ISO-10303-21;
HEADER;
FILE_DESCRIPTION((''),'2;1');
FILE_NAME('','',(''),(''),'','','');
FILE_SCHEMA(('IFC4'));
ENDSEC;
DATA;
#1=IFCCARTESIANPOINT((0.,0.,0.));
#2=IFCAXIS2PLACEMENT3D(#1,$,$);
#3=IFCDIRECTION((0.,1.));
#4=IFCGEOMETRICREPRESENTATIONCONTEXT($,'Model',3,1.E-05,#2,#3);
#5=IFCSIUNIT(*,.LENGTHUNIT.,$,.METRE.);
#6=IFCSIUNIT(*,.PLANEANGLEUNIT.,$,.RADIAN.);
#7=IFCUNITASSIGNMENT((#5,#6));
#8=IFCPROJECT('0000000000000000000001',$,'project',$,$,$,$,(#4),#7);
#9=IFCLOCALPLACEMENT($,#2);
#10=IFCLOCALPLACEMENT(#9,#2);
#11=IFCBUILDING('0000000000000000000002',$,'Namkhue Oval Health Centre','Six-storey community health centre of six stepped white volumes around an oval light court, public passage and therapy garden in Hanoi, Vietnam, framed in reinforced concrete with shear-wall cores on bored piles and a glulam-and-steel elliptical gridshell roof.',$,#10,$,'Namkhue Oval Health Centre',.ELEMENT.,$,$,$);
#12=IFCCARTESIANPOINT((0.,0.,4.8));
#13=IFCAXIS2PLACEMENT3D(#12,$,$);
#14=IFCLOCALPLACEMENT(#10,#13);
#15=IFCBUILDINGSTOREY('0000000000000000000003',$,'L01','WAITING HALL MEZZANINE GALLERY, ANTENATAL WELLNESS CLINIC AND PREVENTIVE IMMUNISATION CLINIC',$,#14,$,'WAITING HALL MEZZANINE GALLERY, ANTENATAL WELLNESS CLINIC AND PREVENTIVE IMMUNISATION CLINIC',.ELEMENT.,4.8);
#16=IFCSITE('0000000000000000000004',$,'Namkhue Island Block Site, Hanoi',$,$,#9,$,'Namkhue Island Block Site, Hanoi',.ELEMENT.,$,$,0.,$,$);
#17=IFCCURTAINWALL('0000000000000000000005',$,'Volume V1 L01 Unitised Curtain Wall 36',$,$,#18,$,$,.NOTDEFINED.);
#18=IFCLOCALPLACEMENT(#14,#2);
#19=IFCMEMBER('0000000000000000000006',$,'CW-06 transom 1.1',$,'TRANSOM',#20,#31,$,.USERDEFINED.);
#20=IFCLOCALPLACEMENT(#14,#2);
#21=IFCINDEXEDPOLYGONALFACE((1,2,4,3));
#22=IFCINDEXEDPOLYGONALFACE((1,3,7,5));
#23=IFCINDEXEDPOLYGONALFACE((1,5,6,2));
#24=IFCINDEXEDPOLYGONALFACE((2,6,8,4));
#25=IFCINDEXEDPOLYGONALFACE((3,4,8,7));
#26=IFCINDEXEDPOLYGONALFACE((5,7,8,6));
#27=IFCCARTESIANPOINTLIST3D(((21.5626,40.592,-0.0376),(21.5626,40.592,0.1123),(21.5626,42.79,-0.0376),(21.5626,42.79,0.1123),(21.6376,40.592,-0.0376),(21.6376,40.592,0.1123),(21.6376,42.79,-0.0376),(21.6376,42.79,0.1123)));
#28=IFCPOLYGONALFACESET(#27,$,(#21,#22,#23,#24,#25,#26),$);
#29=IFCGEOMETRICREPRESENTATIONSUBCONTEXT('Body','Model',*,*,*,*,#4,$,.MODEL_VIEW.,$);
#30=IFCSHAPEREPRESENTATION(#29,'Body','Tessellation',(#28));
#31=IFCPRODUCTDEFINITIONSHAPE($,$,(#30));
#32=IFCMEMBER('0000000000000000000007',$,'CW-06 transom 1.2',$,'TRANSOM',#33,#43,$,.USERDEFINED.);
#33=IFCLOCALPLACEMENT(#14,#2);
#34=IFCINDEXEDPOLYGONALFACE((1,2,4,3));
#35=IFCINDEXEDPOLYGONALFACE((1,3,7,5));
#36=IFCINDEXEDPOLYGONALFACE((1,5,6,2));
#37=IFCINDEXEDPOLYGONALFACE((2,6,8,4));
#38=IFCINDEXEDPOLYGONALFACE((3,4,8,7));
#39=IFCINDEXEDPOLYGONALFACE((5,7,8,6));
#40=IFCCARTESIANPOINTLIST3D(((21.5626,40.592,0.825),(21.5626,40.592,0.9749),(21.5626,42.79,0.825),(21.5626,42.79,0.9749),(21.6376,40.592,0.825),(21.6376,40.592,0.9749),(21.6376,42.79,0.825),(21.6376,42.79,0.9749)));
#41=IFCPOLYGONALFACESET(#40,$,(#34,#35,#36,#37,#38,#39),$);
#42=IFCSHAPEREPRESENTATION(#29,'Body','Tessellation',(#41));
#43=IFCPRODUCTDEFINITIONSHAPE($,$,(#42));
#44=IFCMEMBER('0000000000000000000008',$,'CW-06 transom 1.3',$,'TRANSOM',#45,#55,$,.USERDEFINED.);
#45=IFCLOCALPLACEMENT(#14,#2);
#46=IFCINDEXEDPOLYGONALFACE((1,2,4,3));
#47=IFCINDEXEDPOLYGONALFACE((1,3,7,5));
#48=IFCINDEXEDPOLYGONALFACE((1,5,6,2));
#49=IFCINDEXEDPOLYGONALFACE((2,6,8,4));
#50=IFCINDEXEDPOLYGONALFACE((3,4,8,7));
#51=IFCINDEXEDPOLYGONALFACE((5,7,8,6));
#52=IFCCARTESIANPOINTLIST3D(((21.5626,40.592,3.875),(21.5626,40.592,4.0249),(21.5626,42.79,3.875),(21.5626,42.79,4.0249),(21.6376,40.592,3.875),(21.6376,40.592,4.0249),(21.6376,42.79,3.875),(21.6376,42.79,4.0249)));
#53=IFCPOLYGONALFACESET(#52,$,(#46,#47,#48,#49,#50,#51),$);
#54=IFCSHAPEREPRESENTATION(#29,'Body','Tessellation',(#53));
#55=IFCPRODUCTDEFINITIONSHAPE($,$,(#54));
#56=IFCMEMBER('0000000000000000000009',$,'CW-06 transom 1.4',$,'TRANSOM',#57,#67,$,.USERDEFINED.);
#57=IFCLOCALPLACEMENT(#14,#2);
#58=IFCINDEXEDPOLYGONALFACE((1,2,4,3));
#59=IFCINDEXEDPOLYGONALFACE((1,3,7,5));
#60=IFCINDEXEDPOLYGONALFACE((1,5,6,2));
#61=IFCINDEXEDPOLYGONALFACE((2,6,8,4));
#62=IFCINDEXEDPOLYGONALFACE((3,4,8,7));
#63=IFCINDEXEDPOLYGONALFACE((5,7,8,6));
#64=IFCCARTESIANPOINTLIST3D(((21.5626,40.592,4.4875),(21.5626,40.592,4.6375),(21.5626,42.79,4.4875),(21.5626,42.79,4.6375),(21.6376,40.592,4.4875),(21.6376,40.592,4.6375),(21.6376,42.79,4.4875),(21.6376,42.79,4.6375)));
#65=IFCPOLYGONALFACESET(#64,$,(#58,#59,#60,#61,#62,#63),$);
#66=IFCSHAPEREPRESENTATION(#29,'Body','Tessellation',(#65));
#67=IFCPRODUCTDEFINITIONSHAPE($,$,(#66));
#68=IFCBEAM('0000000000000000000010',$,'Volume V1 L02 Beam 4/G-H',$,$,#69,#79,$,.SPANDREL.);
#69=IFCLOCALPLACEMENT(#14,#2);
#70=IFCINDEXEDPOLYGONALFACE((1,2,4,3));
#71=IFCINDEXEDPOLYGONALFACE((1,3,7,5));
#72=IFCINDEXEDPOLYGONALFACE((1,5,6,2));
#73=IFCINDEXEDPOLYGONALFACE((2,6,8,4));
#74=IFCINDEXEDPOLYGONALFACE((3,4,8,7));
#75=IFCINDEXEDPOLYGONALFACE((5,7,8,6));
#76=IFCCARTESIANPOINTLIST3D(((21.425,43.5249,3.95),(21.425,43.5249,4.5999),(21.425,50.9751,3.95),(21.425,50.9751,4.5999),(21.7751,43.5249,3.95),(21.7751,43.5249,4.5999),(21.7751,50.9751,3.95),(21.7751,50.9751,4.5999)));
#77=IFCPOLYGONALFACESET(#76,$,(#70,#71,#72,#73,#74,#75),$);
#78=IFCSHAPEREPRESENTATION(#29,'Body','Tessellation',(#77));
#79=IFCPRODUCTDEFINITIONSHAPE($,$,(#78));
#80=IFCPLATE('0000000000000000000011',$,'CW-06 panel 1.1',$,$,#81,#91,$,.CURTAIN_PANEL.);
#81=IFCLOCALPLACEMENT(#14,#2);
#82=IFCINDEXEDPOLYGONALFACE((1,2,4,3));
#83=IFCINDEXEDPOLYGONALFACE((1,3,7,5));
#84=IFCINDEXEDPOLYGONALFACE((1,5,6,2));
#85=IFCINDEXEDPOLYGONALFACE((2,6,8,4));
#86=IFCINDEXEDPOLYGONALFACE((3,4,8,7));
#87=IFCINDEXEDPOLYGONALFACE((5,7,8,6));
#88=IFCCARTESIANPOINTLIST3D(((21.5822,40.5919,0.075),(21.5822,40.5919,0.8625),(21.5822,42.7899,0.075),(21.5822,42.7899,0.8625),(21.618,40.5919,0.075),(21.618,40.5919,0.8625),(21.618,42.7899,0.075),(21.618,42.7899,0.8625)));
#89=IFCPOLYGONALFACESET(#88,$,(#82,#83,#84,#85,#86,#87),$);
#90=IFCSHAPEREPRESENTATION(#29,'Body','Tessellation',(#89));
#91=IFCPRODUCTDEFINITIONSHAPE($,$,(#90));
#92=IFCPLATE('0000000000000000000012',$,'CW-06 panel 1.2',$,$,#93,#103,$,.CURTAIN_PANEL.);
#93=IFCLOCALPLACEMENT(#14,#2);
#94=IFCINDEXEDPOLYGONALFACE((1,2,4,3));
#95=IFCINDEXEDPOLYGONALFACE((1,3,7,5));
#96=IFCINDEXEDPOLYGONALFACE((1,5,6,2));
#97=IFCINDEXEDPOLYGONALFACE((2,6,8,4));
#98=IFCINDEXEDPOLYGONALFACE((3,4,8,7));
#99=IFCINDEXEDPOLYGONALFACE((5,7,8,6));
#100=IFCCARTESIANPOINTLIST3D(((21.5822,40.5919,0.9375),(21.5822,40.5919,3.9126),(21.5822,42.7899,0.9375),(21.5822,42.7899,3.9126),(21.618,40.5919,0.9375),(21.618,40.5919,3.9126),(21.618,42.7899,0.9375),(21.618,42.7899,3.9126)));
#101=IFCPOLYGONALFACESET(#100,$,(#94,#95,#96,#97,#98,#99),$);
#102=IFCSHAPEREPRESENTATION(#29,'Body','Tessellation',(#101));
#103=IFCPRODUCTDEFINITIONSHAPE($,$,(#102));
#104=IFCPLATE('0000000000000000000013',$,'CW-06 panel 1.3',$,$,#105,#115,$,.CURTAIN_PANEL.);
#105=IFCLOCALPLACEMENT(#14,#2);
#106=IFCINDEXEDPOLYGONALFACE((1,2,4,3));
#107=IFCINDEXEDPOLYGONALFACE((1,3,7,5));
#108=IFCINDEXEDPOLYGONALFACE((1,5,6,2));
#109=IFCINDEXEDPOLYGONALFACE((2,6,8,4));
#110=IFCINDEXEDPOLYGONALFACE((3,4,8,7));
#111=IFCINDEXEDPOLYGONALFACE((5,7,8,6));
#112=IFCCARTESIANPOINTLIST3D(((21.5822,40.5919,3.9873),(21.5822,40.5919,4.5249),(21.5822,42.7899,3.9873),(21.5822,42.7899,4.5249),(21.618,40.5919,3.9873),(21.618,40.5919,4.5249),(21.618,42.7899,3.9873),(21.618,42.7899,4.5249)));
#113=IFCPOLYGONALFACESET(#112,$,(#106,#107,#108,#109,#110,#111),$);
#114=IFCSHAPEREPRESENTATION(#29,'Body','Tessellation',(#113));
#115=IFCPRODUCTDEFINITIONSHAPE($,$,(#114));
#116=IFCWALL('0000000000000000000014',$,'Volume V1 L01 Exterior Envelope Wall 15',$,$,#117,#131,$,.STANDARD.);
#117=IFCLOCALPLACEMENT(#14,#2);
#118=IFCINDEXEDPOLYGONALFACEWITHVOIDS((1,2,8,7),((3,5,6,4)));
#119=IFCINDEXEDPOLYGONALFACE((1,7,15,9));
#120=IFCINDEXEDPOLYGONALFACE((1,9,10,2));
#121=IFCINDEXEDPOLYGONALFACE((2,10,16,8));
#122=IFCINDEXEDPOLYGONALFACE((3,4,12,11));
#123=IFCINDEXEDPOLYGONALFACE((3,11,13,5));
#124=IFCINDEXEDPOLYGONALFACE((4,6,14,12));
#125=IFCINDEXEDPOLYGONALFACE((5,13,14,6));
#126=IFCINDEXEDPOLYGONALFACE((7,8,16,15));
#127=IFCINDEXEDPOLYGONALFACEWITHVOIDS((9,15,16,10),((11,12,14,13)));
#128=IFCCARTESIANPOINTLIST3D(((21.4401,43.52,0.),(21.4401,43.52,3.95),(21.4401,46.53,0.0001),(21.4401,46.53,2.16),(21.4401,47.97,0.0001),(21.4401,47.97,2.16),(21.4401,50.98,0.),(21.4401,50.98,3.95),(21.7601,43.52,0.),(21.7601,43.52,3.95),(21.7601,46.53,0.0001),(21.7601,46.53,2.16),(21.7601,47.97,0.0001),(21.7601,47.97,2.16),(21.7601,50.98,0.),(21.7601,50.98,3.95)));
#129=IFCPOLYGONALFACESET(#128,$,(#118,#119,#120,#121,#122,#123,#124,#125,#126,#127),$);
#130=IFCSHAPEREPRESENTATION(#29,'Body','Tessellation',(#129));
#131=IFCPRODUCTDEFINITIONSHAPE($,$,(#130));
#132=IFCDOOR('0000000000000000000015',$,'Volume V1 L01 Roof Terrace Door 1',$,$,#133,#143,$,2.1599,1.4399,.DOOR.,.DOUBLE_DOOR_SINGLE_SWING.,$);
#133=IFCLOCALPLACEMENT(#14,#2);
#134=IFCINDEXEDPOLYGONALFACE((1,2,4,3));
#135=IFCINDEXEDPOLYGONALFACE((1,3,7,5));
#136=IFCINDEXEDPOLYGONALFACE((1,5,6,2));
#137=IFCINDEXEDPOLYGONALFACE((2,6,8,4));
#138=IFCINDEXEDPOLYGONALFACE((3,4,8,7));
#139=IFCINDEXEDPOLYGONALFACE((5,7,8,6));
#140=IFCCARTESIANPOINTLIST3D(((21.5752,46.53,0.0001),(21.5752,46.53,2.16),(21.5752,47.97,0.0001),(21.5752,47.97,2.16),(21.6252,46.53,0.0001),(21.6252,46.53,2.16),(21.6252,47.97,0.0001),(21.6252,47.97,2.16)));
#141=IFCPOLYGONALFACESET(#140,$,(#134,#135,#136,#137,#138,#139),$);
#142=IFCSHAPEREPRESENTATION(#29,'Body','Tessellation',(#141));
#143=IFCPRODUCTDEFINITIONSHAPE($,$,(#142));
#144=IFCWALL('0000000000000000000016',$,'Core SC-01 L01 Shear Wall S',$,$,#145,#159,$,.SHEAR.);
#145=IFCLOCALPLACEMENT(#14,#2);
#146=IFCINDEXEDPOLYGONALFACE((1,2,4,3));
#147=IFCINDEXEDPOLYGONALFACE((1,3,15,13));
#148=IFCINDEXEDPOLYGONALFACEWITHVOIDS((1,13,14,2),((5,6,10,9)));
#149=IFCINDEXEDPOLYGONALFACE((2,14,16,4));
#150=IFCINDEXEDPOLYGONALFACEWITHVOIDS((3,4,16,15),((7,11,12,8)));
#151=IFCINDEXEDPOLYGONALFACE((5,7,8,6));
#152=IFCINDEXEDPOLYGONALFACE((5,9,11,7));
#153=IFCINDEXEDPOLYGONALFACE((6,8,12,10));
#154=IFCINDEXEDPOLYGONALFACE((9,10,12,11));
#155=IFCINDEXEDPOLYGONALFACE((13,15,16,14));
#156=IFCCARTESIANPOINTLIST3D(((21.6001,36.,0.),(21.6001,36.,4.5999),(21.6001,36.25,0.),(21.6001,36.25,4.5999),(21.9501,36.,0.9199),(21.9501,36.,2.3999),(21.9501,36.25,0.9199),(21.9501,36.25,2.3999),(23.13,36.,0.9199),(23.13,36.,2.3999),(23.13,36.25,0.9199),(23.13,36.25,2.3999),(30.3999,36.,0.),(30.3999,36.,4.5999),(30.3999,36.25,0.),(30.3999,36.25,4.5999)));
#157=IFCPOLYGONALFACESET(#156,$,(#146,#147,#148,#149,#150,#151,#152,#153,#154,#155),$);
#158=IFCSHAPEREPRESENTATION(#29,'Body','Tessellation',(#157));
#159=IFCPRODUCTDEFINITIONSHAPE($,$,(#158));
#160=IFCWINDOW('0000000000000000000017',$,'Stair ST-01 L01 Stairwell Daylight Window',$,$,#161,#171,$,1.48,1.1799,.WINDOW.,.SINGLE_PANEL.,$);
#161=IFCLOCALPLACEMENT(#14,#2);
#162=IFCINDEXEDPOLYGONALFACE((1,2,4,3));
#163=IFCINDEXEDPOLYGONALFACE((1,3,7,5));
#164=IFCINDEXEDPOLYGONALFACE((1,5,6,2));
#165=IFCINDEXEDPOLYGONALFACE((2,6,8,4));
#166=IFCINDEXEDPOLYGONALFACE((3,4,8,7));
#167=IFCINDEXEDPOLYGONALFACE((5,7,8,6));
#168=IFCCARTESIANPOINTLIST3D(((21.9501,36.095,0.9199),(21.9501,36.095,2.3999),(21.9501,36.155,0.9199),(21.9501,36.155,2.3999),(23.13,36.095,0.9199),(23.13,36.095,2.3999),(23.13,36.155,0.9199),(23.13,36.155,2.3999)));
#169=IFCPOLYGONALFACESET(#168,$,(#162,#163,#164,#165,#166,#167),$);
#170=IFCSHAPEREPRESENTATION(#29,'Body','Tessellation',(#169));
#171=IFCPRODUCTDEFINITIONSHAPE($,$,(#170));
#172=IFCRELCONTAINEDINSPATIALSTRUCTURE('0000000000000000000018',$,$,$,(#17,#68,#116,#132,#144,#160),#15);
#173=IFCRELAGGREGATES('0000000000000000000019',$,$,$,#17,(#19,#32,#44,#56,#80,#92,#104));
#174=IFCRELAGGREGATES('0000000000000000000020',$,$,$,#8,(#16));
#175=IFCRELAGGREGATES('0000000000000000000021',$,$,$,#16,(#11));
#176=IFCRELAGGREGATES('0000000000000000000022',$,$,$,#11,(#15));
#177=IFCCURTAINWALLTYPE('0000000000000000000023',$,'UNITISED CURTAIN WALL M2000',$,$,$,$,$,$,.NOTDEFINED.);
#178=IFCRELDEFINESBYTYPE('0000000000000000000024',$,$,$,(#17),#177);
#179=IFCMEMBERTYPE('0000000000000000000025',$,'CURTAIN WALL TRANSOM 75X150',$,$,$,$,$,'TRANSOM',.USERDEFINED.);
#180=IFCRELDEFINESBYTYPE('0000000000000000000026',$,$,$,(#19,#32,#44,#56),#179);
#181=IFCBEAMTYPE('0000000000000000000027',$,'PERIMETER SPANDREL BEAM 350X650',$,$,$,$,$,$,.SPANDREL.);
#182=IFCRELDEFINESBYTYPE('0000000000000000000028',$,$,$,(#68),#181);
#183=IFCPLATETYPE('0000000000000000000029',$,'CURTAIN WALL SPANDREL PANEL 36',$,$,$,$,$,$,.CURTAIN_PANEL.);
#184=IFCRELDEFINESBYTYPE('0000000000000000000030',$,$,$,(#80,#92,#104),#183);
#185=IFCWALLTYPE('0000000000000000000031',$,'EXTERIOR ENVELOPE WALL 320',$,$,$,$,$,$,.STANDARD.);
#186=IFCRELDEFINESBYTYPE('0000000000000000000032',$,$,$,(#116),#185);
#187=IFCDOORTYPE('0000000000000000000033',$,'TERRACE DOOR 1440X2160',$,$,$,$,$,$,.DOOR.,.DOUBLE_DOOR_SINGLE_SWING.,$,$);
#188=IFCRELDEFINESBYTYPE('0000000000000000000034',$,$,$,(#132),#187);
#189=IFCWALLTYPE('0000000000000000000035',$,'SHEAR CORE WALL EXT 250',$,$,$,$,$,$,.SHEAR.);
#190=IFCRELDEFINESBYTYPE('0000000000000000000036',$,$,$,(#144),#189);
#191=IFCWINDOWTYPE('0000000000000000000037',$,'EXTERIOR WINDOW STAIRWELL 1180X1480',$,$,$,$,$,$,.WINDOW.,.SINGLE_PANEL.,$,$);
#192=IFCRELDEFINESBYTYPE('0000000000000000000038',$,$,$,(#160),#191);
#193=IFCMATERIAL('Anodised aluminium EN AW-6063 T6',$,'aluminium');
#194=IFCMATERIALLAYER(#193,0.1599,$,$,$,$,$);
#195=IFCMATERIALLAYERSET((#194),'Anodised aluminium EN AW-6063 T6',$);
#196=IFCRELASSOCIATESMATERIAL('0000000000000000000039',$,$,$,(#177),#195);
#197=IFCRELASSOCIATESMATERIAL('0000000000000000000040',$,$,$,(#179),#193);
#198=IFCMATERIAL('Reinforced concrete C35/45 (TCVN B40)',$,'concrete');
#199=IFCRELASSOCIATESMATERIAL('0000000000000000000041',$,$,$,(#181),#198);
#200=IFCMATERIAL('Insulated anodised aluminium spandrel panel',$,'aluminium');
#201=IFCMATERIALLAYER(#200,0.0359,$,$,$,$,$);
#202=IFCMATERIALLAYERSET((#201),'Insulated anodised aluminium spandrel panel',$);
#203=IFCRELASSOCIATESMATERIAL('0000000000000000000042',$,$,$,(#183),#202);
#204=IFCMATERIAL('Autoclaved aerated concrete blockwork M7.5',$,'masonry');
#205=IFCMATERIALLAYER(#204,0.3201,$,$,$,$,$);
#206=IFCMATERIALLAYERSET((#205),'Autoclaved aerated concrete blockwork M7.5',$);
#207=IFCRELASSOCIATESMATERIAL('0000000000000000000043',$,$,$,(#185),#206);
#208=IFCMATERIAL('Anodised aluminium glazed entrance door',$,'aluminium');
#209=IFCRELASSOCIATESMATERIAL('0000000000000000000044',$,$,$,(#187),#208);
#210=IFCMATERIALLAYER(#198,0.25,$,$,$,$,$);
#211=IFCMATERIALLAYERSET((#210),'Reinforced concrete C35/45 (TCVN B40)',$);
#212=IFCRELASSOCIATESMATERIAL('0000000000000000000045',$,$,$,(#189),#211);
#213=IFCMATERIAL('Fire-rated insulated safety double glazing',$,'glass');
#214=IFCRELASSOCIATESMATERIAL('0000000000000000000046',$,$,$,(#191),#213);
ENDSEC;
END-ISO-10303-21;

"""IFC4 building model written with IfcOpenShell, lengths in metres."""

from ifc_helpers import new_model, si_unit, direction, frame, frame_2d, origin, origin_2d, place, context, subcontext, project, spatial, rectangle, extrude, material, layer, layer_set, material_profile, profile_set, type_object, element, fill, aggregate, save


model = new_model("IFC4")

# Units and contexts
model_context = context("Model", 3, precision=1e-05, world=origin(), true_north=direction((0.0, 1.0)))
body_context = subcontext(model_context, "Body", "Model", "MODEL_VIEW")
ifc_project = project(units=[si_unit("LENGTHUNIT", "METRE"), si_unit("PLANEANGLEUNIT", "RADIAN")], contexts=[model_context])

# Site, building, storey
site_placement = place(None, origin())
site = spatial("IfcSite", under=ifc_project, at=site_placement, Name="Namkhue Island Block Site, Hanoi", LongName="Namkhue Island Block Site, Hanoi", CompositionType="ELEMENT", RefElevation=0.0)
building_placement = place(site_placement, origin())
building = spatial("IfcBuilding", under=site, at=building_placement, Name="Namkhue Oval Health Centre", Description="Six-storey community health centre of six stepped white volumes around an oval light court, public passage and therapy garden in Hanoi, Vietnam, framed in reinforced concrete with shear-wall cores on bored piles and a glulam-and-steel elliptical gridshell roof.", LongName="Namkhue Oval Health Centre", CompositionType="ELEMENT")
storey_placement = place(building_placement, frame((0.0, 0.0, 4.8)))
storey = spatial("IfcBuildingStorey", under=building, at=storey_placement, Name="L01", Description="WAITING HALL MEZZANINE GALLERY, ANTENATAL WELLNESS CLINIC AND PREVENTIVE IMMUNISATION CLINIC", LongName="WAITING HALL MEZZANINE GALLERY, ANTENATAL WELLNESS CLINIC AND PREVENTIVE IMMUNISATION CLINIC", CompositionType="ELEMENT", Elevation=4.8)

# Shared definitions
ifc_material_1 = material(Name="Reinforced concrete C35/45 (TCVN B40)", Category="concrete")

# Curtain wall, members
ifc_material_2 = material(Name="Anodised aluminium EN AW-6063 T6", Category="aluminium")
ifc_layer_1 = layer(ifc_material_2, 0.1599)
ifc_layer_set_1 = layer_set([ifc_layer_1], Name="Anodised aluminium EN AW-6063 T6")
curtain_wall_type = type_object("IfcCurtainWallType", Name="UNITISED CURTAIN WALL M2000", PredefinedType="NOTDEFINED", material=ifc_layer_set_1)
curtain_wall_placement = place(storey_placement, origin())
curtain_wall = element("IfcCurtainWall", 1, at=curtain_wall_placement, inside=storey, type_object=curtain_wall_type, Name="Volume V1 L01 Unitised Curtain Wall 36", PredefinedType="NOTDEFINED")
ifc_material_profile_1 = material_profile(ifc_material_2, rectangle(XDim=0.075, YDim=0.1499, at=origin_2d()), Name="ALU 75x150")
ifc_profile_set_1 = profile_set([ifc_material_profile_1], Name="Anodised aluminium EN AW-6063 T6")
member_type_1 = type_object("IfcMemberType", Name="CURTAIN WALL TRANSOM 75X150", ElementType="TRANSOM", PredefinedType="USERDEFINED", material=ifc_profile_set_1)
member_1_placement = place(storey_placement, frame((21.6001, 42.79, 0.0374), z_axis=(0.0, -1.0, 0.0), x_axis=(1.0, 0.0, 0.0)))
member_1 = element("IfcMember", 2, at=member_1_placement, type_object=member_type_1, Name="CW-06 transom 1.1", ObjectType="TRANSOM", PredefinedType="USERDEFINED", context=body_context, shape_type="SweptSolid", body=[
    extrude(rectangle(XDim=0.075, YDim=0.1499, at=origin_2d()), origin(), (0.0, 0.0, 1.0), 2.198),
])
member_2_placement = place(storey_placement, frame((21.6001, 42.79, 0.8999), z_axis=(0.0, -1.0, 0.0), x_axis=(1.0, 0.0, 0.0)))
member_2 = element("IfcMember", 3, at=member_2_placement, type_object=member_type_1, Name="CW-06 transom 1.2", ObjectType="TRANSOM", PredefinedType="USERDEFINED", context=body_context, shape_type="SweptSolid", body=[
    extrude(rectangle(XDim=0.075, YDim=0.1499, at=origin_2d()), origin(), (0.0, 0.0, 1.0), 2.198),
])
member_3_placement = place(storey_placement, frame((21.6001, 42.79, 3.95), z_axis=(0.0, -1.0, 0.0), x_axis=(1.0, 0.0, 0.0)))
member_3 = element("IfcMember", 4, at=member_3_placement, type_object=member_type_1, Name="CW-06 transom 1.3", ObjectType="TRANSOM", PredefinedType="USERDEFINED", context=body_context, shape_type="SweptSolid", body=[
    extrude(rectangle(XDim=0.075, YDim=0.1499, at=origin_2d()), origin(), (0.0, 0.0, 1.0), 2.198),
])
member_4_placement = place(storey_placement, frame((21.6001, 42.79, 4.5625), z_axis=(0.0, -1.0, 0.0), x_axis=(1.0, 0.0, 0.0)))
member_4 = element("IfcMember", 5, at=member_4_placement, type_object=member_type_1, Name="CW-06 transom 1.4", ObjectType="TRANSOM", PredefinedType="USERDEFINED", context=body_context, shape_type="SweptSolid", body=[
    extrude(rectangle(XDim=0.075, YDim=0.1499, at=origin_2d()), origin(), (0.0, 0.0, 1.0), 2.198),
])

# Beam
ifc_material_profile_2 = material_profile(ifc_material_1, rectangle(XDim=0.3501, YDim=0.6499, at=origin_2d()), Name="RC 350x650")
ifc_profile_set_2 = profile_set([ifc_material_profile_2], Name="Reinforced concrete C35/45 (TCVN B40)")
beam_type = type_object("IfcBeamType", Name="PERIMETER SPANDREL BEAM 350X650", PredefinedType="SPANDREL", material=ifc_profile_set_2)
beam_placement = place(storey_placement, frame((21.6001, 43.5249, 4.2749), z_axis=(0.0, 1.0, 0.0), x_axis=(-1.0, 0.0, 0.0)))
element("IfcBeam", 6, at=beam_placement, inside=storey, type_object=beam_type, Name="Volume V1 L02 Beam 4/G-H", PredefinedType="SPANDREL", context=body_context, shape_type="SweptSolid", body=[
    extrude(rectangle(XDim=0.3501, YDim=0.6499, at=origin_2d()), origin(), (0.0, 0.0, 1.0), 7.4502),
])

# Plates
ifc_material_3 = material(Name="Insulated anodised aluminium spandrel panel", Category="aluminium")
ifc_layer_2 = layer(ifc_material_3, 0.0359)
ifc_layer_set_2 = layer_set([ifc_layer_2], Name="Insulated anodised aluminium spandrel panel")
plate_type = type_object("IfcPlateType", Name="CURTAIN WALL SPANDREL PANEL 36", PredefinedType="CURTAIN_PANEL", material=ifc_layer_set_2)
plate_1_placement = place(storey_placement, frame((21.6001, 41.6909, 0.075), z_axis=(0.0, 0.0, 1.0), x_axis=(0.0, -1.0, 0.0)))
plate_1 = element("IfcPlate", 7, at=plate_1_placement, type_object=plate_type, Name="CW-06 panel 1.1", PredefinedType="CURTAIN_PANEL", context=body_context, shape_type="SweptSolid", body=[
    extrude(rectangle(XDim=2.198, YDim=0.0359, at=origin_2d()), origin(), (0.0, 0.0, 1.0), 0.7876),
])
plate_2_placement = place(storey_placement, frame((21.6001, 41.6909, 0.9375), z_axis=(0.0, 0.0, 1.0), x_axis=(0.0, -1.0, 0.0)))
plate_2 = element("IfcPlate", 8, at=plate_2_placement, type_object=plate_type, Name="CW-06 panel 1.2", PredefinedType="CURTAIN_PANEL", context=body_context, shape_type="SweptSolid", body=[
    extrude(rectangle(XDim=2.198, YDim=0.0359, at=origin_2d()), origin(), (0.0, 0.0, 1.0), 2.9751),
])
plate_3_placement = place(storey_placement, frame((21.6001, 41.6909, 3.9873), z_axis=(0.0, 0.0, 1.0), x_axis=(0.0, -1.0, 0.0)))
plate_3 = element("IfcPlate", 9, at=plate_3_placement, type_object=plate_type, Name="CW-06 panel 1.3", PredefinedType="CURTAIN_PANEL", context=body_context, shape_type="SweptSolid", body=[
    extrude(rectangle(XDim=2.198, YDim=0.0359, at=origin_2d()), origin(), (0.0, 0.0, 1.0), 0.5376),
])
aggregate(curtain_wall, [member_1, member_2, member_3, member_4, plate_1, plate_2, plate_3])

# Wall, opening, door
ifc_material_4 = material(Name="Autoclaved aerated concrete blockwork M7.5", Category="masonry")
ifc_layer_3 = layer(ifc_material_4, 0.3201)
ifc_layer_set_3 = layer_set([ifc_layer_3], Name="Autoclaved aerated concrete blockwork M7.5")
wall_type_1 = type_object("IfcWallType", Name="EXTERIOR ENVELOPE WALL 320", PredefinedType="STANDARD", material=ifc_layer_set_3)
wall_1_placement = place(storey_placement, frame((21.6001, 50.98, 0.0), z_axis=(0.0, 0.0, 1.0), x_axis=(0.0, -1.0, 0.0)))
wall_1 = element("IfcWall", 10, at=wall_1_placement, inside=storey, type_object=wall_type_1, Name="Volume V1 L01 Exterior Envelope Wall 15", PredefinedType="STANDARD", context=body_context, shape_type="SweptSolid", body=[
    extrude(rectangle(XDim=7.46, YDim=0.3201, at=frame_2d((3.73, 0.0))), origin(), (0.0, 0.0, 1.0), 3.95),
])
opening_1_placement = place(wall_1_placement, frame((3.01, 0.0, 0.0)))
opening_1 = element("IfcOpeningElement", 11, at=opening_1_placement, cuts=wall_1, PredefinedType="OPENING", context=body_context, shape_type="SweptSolid", body=[
    extrude(rectangle(XDim=1.4399, YDim=2.1599, at=frame_2d((0.72, 1.0801))), frame((0.0, 0.1699, 0.0), z_axis=(0.0, -1.0, 0.0), x_axis=(1.0, 0.0, 0.0)), (0.0, 0.0, 1.0), 0.3401),
])
ifc_material_5 = material(Name="Anodised aluminium glazed entrance door", Category="aluminium")
door_type = type_object("IfcDoorType", Name="TERRACE DOOR 1440X2160", OperationType="DOUBLE_DOOR_SINGLE_SWING", PredefinedType="DOOR", material=ifc_material_5)
door_placement = place(opening_1_placement, frame((1.4399, 0.0, 0.0), z_axis=(0.0, 0.0, 1.0), x_axis=(-1.0, 0.0, 0.0)))
door = element("IfcDoor", 12, at=door_placement, inside=storey, type_object=door_type, Name="Volume V1 L01 Roof Terrace Door 1", OperationType="DOUBLE_DOOR_SINGLE_SWING", OverallHeight=2.1599, OverallWidth=1.4399, PredefinedType="DOOR", context=body_context, shape_type="SweptSolid", body=[
    extrude(rectangle(XDim=1.4399, YDim=2.1599, at=frame_2d((0.72, 1.0801))), frame((0.0, 0.0249, 0.0), z_axis=(0.0, -1.0, 0.0), x_axis=(1.0, 0.0, 0.0)), (0.0, 0.0, 1.0), 0.05),
])
fill(opening_1, door)

# Wall, opening, window
ifc_layer_4 = layer(ifc_material_1, 0.25)
ifc_layer_set_4 = layer_set([ifc_layer_4], Name="Reinforced concrete C35/45 (TCVN B40)")
wall_type_2 = type_object("IfcWallType", Name="SHEAR CORE WALL EXT 250", PredefinedType="SHEAR", material=ifc_layer_set_4)
wall_2_placement = place(storey_placement, frame((21.6001, 36.125, 0.0), z_axis=(0.0, 0.0, 1.0), x_axis=(1.0, 0.0, 0.0)))
wall_2 = element("IfcWall", 13, at=wall_2_placement, inside=storey, type_object=wall_type_2, Name="Core SC-01 L01 Shear Wall S", PredefinedType="SHEAR", context=body_context, shape_type="SweptSolid", body=[
    extrude(rectangle(XDim=8.7998, YDim=0.25, at=frame_2d((4.3999, 0.0))), origin(), (0.0, 0.0, 1.0), 4.5999),
])
opening_2_placement = place(wall_2_placement, frame((0.3501, 0.0, 0.9199)))
opening_2 = element("IfcOpeningElement", 14, at=opening_2_placement, cuts=wall_2, PredefinedType="OPENING", context=body_context, shape_type="SweptSolid", body=[
    extrude(rectangle(XDim=1.1799, YDim=1.48, at=frame_2d((0.5898, 0.74))), frame((0.0, 0.135, 0.0), z_axis=(0.0, -1.0, 0.0), x_axis=(1.0, 0.0, 0.0)), (0.0, 0.0, 1.0), 0.27),
])
ifc_material_6 = material(Name="Fire-rated insulated safety double glazing", Category="glass")
window_type = type_object("IfcWindowType", Name="EXTERIOR WINDOW STAIRWELL 1180X1480", PartitioningType="SINGLE_PANEL", PredefinedType="WINDOW", material=ifc_material_6)
window_placement = place(opening_2_placement, origin())
window = element("IfcWindow", 15, at=window_placement, inside=storey, type_object=window_type, Name="Stair ST-01 L01 Stairwell Daylight Window", OverallHeight=1.48, OverallWidth=1.1799, PartitioningType="SINGLE_PANEL", PredefinedType="WINDOW", context=body_context, shape_type="SweptSolid", body=[
    extrude(rectangle(XDim=1.1799, YDim=1.48, at=frame_2d((0.5898, 0.74))), frame((0.0, 0.03, 0.0), z_axis=(0.0, -1.0, 0.0), x_axis=(1.0, 0.0, 0.0)), (0.0, 0.0, 1.0), 0.0601),
])
fill(opening_2, window)

save(model, "model.ifc")
